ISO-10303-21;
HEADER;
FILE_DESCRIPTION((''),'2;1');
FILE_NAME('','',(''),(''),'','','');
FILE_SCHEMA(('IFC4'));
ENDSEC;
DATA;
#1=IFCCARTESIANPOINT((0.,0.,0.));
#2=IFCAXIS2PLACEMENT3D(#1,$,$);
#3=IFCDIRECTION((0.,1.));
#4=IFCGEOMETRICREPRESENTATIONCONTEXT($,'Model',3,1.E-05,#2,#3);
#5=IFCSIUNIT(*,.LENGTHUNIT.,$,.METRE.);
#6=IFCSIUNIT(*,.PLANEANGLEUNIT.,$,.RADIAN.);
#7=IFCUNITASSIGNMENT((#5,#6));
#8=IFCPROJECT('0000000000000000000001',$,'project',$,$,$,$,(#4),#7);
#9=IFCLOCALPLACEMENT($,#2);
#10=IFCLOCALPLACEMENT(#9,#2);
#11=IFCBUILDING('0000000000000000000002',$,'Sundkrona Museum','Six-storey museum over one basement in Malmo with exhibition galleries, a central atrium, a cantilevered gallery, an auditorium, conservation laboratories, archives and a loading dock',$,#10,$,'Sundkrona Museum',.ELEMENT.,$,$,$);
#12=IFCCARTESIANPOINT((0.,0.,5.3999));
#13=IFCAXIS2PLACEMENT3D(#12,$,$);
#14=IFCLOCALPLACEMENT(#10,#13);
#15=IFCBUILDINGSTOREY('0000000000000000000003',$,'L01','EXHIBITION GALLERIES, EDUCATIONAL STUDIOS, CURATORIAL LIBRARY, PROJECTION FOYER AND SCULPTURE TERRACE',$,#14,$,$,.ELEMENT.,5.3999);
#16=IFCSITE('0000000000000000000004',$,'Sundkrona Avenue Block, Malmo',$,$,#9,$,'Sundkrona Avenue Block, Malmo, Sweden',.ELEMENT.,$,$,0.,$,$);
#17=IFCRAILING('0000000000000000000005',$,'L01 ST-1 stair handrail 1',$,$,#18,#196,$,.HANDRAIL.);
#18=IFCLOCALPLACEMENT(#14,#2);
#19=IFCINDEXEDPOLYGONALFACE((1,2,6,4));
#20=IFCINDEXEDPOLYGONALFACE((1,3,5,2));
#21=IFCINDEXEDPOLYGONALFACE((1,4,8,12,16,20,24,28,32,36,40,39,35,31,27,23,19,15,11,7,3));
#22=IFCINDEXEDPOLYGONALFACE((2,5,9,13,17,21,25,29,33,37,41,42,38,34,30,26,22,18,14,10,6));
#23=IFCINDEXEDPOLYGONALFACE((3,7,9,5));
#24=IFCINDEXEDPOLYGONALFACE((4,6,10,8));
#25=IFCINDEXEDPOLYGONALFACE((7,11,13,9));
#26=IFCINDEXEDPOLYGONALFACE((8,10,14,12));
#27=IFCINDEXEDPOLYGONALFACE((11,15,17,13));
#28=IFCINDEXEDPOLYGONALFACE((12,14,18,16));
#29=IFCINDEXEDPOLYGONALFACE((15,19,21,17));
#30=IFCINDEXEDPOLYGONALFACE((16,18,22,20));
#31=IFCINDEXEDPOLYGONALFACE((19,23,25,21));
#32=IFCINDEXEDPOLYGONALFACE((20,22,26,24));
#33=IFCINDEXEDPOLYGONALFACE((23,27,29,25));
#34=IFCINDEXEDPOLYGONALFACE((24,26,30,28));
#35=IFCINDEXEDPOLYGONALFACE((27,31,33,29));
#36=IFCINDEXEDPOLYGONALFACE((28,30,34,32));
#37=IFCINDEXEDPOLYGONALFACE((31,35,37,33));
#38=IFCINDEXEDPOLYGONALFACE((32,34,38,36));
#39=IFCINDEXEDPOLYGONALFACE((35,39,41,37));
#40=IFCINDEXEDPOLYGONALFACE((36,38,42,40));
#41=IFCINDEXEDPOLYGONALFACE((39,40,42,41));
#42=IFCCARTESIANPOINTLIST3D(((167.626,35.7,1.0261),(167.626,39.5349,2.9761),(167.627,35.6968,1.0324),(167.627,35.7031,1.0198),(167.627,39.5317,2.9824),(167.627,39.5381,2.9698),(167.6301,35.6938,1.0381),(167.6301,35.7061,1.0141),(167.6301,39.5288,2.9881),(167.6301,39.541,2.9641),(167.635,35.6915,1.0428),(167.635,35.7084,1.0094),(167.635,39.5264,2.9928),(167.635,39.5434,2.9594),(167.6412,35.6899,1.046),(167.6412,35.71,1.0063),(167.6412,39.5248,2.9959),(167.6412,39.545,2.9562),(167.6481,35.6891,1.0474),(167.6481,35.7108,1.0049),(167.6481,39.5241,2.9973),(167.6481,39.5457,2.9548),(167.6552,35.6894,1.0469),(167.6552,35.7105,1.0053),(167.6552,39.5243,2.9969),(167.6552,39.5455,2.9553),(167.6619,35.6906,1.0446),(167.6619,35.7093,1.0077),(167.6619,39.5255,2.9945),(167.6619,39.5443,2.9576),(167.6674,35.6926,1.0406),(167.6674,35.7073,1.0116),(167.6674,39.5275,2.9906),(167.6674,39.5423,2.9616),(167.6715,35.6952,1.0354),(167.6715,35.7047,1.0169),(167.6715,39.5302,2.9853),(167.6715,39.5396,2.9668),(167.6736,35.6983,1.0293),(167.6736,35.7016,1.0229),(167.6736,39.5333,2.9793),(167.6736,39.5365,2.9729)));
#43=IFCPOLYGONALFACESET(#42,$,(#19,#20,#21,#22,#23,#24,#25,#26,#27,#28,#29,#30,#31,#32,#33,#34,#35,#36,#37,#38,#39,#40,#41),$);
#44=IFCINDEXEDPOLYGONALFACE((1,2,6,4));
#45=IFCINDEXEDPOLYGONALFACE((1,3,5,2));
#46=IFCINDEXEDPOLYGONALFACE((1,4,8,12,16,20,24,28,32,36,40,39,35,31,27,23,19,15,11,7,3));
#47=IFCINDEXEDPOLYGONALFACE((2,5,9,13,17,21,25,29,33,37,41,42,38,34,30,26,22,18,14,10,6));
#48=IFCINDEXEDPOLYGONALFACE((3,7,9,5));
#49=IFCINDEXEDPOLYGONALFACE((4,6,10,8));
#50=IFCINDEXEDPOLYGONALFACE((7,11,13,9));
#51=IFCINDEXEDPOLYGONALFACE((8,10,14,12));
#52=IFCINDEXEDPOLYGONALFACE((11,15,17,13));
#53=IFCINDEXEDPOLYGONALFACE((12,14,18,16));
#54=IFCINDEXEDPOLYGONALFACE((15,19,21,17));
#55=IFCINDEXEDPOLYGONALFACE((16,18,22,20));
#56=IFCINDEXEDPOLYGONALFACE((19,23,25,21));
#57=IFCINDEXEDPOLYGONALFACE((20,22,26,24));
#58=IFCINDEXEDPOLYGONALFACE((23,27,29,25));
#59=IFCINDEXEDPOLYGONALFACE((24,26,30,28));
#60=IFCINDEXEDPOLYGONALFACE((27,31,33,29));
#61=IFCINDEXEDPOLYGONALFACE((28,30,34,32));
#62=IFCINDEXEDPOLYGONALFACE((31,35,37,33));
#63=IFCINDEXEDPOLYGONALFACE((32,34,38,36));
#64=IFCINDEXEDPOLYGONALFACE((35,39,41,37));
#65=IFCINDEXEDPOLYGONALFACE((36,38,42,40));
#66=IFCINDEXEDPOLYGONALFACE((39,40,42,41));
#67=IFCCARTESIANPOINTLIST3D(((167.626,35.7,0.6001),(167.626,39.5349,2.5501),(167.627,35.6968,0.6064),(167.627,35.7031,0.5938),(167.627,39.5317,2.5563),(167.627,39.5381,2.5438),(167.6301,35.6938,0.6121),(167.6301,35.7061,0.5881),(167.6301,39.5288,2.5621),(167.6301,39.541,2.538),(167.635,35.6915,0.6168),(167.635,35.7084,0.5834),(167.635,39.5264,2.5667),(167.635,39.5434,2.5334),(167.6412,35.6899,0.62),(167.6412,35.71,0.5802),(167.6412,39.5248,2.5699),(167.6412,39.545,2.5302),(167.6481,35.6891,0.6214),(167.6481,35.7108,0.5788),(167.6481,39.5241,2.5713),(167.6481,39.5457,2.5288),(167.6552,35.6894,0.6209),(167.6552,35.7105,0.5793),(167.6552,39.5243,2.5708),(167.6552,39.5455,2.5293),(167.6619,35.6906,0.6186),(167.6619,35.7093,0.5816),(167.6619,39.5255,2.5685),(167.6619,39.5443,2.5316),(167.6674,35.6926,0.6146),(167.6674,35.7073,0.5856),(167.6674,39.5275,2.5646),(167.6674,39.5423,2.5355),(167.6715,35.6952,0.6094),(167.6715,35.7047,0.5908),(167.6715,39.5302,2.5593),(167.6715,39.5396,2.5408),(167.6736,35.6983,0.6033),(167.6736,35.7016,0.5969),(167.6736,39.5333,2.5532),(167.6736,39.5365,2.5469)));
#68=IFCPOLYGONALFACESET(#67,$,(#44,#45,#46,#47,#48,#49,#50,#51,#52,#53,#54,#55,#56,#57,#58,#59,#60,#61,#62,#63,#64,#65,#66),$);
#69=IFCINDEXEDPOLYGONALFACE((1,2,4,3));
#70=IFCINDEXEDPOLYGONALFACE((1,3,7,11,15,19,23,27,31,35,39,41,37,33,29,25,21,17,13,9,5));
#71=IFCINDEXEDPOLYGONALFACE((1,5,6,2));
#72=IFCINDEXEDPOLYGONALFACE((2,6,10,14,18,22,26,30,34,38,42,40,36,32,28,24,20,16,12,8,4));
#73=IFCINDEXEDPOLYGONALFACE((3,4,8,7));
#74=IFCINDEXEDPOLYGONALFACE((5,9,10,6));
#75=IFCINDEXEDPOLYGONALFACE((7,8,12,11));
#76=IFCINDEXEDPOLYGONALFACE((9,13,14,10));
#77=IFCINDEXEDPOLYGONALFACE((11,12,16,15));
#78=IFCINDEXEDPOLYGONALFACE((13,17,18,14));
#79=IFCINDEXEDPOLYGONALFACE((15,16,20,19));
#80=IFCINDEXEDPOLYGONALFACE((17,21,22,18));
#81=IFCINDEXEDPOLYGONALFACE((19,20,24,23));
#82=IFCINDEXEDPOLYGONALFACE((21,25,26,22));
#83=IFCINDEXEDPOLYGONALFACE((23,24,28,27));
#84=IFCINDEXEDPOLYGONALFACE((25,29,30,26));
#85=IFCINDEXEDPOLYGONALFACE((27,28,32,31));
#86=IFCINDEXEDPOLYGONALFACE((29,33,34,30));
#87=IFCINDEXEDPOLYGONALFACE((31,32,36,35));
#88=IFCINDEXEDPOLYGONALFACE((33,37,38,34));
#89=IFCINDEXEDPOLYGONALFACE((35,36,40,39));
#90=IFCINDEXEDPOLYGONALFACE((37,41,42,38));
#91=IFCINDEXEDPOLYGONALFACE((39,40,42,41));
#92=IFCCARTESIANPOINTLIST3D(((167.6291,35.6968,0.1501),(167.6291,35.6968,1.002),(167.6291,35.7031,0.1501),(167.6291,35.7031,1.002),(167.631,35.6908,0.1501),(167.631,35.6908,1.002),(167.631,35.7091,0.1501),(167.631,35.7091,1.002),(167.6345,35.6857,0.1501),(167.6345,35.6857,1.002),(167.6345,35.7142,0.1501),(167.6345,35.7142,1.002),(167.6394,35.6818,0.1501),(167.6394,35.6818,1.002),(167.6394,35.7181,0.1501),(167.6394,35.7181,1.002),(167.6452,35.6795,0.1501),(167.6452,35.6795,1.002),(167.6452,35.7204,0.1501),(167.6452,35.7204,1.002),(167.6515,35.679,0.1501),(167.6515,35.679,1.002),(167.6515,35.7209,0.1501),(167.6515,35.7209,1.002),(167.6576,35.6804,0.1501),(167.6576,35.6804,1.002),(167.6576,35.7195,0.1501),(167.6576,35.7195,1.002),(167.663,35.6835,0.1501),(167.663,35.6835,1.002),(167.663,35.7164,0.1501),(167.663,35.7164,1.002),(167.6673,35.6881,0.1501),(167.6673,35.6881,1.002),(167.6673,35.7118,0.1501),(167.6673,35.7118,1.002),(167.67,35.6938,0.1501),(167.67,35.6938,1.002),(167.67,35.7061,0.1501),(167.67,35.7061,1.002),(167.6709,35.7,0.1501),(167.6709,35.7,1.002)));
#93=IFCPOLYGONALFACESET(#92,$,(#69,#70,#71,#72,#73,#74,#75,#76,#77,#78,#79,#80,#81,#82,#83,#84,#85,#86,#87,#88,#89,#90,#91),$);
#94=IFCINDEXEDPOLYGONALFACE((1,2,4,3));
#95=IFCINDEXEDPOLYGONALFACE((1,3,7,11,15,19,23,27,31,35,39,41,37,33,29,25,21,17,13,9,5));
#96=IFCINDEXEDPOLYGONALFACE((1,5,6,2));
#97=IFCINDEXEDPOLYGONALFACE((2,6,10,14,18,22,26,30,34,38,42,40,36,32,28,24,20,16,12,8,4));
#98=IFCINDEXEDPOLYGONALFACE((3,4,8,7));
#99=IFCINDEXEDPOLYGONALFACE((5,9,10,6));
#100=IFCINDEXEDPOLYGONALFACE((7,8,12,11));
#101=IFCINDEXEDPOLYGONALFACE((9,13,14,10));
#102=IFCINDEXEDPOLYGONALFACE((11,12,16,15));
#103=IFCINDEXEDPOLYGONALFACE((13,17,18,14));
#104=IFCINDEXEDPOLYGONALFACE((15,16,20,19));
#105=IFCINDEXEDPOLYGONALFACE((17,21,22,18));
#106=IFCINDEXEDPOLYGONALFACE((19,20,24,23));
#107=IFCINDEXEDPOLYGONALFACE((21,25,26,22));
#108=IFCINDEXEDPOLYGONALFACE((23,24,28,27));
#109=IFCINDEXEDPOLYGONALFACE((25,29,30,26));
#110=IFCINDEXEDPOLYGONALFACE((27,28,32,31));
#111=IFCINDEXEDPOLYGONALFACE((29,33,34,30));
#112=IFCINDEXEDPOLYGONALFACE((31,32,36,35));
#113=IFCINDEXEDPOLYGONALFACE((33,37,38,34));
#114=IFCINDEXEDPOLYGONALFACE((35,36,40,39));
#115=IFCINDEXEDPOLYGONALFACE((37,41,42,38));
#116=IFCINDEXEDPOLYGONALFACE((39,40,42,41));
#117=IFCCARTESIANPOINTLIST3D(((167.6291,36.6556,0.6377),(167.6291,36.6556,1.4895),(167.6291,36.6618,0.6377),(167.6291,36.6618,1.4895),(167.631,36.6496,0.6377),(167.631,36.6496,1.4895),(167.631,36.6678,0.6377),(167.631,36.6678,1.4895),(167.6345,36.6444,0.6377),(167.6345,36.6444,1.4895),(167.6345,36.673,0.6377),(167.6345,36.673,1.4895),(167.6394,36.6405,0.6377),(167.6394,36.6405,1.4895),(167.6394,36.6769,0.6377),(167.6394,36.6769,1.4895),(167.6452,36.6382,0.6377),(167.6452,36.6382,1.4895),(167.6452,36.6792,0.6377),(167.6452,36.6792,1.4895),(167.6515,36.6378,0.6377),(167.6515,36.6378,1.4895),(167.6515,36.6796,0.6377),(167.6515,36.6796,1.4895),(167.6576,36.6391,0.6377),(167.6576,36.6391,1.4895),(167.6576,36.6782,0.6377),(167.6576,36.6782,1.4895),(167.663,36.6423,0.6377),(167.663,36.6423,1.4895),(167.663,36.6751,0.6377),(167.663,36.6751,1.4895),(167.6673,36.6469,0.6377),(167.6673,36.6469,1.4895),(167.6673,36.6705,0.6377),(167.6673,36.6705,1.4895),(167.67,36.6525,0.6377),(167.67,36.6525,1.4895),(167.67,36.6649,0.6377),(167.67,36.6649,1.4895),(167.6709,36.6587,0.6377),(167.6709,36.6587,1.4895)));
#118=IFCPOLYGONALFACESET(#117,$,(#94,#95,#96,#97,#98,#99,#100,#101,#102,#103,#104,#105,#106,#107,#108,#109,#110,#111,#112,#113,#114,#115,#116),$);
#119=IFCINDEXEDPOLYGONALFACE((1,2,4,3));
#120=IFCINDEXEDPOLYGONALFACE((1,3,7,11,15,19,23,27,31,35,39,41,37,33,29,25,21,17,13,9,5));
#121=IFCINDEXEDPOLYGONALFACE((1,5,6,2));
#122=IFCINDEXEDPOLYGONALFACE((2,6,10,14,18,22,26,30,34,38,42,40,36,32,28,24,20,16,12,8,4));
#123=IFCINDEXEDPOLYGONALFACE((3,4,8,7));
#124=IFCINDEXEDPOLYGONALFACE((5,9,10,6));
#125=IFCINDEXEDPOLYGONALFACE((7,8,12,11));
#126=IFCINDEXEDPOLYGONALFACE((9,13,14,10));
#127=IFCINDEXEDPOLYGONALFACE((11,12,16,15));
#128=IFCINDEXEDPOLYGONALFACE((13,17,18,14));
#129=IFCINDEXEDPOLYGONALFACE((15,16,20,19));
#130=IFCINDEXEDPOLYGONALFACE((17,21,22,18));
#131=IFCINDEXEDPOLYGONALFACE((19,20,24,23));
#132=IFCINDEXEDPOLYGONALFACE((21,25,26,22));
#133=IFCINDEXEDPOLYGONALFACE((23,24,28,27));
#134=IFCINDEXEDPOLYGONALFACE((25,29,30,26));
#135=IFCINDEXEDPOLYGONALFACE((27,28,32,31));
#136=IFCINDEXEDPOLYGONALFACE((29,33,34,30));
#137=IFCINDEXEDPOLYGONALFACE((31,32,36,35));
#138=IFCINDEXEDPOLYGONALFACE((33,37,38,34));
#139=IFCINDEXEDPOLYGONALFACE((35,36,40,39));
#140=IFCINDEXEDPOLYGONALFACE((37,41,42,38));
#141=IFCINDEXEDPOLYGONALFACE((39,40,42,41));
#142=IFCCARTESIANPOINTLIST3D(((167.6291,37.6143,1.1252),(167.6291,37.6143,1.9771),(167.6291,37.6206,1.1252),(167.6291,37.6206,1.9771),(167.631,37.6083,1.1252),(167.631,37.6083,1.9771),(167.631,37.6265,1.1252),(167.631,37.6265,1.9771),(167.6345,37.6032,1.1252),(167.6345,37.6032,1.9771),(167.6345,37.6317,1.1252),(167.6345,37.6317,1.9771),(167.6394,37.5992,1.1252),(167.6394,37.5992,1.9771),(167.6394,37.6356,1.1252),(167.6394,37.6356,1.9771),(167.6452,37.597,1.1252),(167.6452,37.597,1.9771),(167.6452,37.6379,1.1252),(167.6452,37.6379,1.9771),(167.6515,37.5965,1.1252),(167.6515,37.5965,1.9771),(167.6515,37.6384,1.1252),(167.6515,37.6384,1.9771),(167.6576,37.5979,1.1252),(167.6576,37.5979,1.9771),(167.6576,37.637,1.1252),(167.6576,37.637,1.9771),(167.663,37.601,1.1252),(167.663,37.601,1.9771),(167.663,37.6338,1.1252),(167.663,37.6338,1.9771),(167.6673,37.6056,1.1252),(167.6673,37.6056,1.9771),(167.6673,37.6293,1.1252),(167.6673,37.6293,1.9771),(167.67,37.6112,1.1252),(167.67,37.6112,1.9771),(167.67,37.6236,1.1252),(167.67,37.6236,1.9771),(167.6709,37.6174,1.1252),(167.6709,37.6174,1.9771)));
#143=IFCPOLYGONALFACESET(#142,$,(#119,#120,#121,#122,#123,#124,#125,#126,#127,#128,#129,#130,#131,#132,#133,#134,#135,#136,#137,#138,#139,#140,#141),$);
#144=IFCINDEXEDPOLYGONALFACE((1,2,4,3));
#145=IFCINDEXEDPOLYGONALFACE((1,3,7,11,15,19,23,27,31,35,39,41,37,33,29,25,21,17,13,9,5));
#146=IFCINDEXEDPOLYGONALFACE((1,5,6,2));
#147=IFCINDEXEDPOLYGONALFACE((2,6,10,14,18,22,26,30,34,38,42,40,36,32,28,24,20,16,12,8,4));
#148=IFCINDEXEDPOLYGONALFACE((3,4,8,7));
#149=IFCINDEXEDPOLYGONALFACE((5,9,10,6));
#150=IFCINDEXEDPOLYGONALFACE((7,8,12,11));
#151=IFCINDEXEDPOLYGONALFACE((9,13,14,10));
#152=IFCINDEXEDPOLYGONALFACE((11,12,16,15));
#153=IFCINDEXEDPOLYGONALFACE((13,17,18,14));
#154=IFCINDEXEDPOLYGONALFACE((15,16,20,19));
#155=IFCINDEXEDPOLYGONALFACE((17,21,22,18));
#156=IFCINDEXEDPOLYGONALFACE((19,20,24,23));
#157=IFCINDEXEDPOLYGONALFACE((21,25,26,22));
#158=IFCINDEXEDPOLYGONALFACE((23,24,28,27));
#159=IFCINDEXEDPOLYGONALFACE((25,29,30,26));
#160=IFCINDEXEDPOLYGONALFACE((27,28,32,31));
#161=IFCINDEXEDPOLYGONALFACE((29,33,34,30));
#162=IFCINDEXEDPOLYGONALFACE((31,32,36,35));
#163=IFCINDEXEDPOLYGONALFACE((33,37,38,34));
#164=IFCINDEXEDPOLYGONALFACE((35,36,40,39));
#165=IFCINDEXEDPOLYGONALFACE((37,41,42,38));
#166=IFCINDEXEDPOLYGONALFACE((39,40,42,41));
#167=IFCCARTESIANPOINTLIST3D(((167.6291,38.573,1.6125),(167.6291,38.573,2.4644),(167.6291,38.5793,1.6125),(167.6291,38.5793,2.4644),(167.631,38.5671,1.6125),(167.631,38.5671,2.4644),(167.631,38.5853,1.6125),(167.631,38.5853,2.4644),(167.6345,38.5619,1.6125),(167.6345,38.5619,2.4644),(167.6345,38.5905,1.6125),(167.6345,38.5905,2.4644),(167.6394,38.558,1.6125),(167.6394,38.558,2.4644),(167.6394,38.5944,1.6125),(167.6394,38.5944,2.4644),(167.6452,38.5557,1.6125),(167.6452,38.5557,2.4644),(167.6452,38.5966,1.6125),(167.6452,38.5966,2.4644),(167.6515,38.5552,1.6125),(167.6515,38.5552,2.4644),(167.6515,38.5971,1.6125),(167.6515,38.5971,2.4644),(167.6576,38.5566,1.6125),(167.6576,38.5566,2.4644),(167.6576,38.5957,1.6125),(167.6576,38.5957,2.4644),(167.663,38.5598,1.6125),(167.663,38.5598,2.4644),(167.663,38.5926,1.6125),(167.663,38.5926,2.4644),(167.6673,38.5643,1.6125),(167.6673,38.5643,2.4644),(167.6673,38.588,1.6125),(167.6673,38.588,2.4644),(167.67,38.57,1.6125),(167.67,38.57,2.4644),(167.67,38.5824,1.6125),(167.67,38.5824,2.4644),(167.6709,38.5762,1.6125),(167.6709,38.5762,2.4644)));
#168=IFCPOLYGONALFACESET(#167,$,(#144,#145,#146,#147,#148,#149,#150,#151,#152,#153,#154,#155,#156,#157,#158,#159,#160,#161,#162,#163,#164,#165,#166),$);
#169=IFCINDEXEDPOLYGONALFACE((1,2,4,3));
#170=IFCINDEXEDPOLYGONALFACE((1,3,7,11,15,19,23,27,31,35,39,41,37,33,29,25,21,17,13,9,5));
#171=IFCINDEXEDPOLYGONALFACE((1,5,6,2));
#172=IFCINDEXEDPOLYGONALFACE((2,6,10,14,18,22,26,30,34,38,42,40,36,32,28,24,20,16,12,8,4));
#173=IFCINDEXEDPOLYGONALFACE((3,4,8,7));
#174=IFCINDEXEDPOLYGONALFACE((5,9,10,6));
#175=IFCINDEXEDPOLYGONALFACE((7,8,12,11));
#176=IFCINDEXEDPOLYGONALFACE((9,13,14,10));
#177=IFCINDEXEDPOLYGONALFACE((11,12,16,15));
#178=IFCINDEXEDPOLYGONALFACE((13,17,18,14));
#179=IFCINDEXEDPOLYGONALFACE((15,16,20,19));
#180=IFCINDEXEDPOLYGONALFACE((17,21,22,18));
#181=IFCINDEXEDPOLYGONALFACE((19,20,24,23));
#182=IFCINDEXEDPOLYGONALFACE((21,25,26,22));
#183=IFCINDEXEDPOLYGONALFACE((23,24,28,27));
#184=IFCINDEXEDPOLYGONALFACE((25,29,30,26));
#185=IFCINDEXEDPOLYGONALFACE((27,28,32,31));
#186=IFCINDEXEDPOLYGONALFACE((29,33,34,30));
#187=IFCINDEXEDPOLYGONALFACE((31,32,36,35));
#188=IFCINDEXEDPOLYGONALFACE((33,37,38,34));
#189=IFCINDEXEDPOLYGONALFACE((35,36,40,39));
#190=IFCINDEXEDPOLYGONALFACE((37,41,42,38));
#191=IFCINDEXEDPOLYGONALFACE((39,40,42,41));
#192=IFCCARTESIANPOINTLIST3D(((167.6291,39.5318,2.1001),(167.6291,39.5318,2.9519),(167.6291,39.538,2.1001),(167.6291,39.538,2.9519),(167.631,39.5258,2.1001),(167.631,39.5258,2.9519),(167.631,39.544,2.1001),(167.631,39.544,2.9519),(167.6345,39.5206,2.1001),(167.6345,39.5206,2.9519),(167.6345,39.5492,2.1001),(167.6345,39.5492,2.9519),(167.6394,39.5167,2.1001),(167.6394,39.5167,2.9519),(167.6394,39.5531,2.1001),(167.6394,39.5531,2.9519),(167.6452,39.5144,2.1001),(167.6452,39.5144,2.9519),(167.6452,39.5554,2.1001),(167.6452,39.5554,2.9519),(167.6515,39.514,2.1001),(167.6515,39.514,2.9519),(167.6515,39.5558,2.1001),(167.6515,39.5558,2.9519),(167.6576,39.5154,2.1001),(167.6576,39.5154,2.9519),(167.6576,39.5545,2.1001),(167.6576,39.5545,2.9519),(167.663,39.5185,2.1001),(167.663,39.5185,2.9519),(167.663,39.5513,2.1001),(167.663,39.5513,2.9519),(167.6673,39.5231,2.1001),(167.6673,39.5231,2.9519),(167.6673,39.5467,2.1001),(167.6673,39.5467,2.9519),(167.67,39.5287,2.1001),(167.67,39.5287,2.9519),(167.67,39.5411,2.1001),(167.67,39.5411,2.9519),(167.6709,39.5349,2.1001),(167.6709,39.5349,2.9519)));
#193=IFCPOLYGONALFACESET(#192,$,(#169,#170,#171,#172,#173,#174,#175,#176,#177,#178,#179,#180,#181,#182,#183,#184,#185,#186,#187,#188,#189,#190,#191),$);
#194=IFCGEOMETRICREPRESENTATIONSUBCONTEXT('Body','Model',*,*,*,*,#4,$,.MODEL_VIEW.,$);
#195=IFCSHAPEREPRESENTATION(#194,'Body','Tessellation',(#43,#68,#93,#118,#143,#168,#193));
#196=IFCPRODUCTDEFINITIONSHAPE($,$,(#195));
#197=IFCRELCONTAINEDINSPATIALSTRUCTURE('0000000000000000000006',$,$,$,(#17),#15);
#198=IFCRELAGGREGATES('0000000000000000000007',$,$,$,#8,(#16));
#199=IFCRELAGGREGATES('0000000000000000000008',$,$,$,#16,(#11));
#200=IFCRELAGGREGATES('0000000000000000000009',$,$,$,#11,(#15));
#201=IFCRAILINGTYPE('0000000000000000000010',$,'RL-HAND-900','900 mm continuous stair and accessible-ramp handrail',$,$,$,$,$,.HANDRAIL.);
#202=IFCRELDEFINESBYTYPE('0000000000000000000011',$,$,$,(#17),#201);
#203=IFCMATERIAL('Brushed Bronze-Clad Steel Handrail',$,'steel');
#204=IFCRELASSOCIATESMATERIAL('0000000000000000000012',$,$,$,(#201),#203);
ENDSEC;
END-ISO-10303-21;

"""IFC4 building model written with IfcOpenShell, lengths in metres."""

from ifc_helpers import new_model, si_unit, direction, frame, origin, origin_2d, place, context, subcontext, project, spatial, circle, extrude, material, type_object, element, save


model = new_model("IFC4")

# Units and contexts
model_context = context("Model", 3, precision=1e-05, world=origin(), true_north=direction((0.0, 1.0)))
body_context = subcontext(model_context, "Body", "Model", "MODEL_VIEW")
ifc_project = project(units=[si_unit("LENGTHUNIT", "METRE"), si_unit("PLANEANGLEUNIT", "RADIAN")], contexts=[model_context])

# Site, building, storey
site_placement = place(None, origin())
site = spatial("IfcSite", under=ifc_project, at=site_placement, Name="Sundkrona Avenue Block, Malmo", LongName="Sundkrona Avenue Block, Malmo, Sweden", CompositionType="ELEMENT", RefElevation=0.0)
building_placement = place(site_placement, origin())
building = spatial("IfcBuilding", under=site, at=building_placement, Name="Sundkrona Museum", Description="Six-storey museum over one basement in Malmo with exhibition galleries, a central atrium, a cantilevered gallery, an auditorium, conservation laboratories, archives and a loading dock", LongName="Sundkrona Museum", CompositionType="ELEMENT")
storey_placement = place(building_placement, frame((0.0, 0.0, 5.3999)))
storey = spatial("IfcBuildingStorey", under=building, at=storey_placement, Name="L01", Description="EXHIBITION GALLERIES, EDUCATIONAL STUDIOS, CURATORIAL LIBRARY, PROJECTION FOYER AND SCULPTURE TERRACE", CompositionType="ELEMENT", Elevation=5.3999)

# Railing
ifc_material_1 = material(Name="Brushed Bronze-Clad Steel Handrail", Category="steel")
railing_type_1 = type_object("IfcRailingType", Name="RL-HAND-900", Description="900 mm continuous stair and accessible-ramp handrail", PredefinedType="HANDRAIL", material=ifc_material_1)
railing_1_placement = place(storey_placement, frame((167.6499, 35.7, 0.1501)))
element("IfcRailing", 1, at=railing_1_placement, inside=storey, type_object=railing_type_1, Name="L01 ST-1 stair handrail 1", PredefinedType="HANDRAIL", context=body_context, shape_type="SweptSolid", body=[
    extrude(circle(Radius=0.0239, at=origin_2d()), frame((0.0, 0.0, 0.876), z_axis=(0.0, 0.891388, 0.453241), x_axis=(-1.0, 0.0, 0.0)), (0.0, 0.0, 1.0), 4.3022),
    extrude(circle(Radius=0.0239, at=origin_2d()), frame((0.0, 0.0, 0.45), z_axis=(0.0, 0.891388, 0.453241), x_axis=(-1.0, 0.0, 0.0)), (0.0, 0.0, 1.0), 4.3022),
    extrude(circle(Radius=0.021, at=origin_2d()), origin(), (0.0, 0.0, 1.0), 0.8518),
    extrude(circle(Radius=0.021, at=origin_2d()), frame((0.0, 0.9587, 0.4875)), (0.0, 0.0, 1.0), 0.8518),
    extrude(circle(Radius=0.021, at=origin_2d()), frame((0.0, 1.9175, 0.9751)), (0.0, 0.0, 1.0), 0.8518),
    extrude(circle(Radius=0.021, at=origin_2d()), frame((0.0, 2.8762, 1.4624)), (0.0, 0.0, 1.0), 0.8518),
    extrude(circle(Radius=0.021, at=origin_2d()), frame((0.0, 3.835, 1.95)), (0.0, 0.0, 1.0), 0.8518),
])

save(model, "model.ifc")
